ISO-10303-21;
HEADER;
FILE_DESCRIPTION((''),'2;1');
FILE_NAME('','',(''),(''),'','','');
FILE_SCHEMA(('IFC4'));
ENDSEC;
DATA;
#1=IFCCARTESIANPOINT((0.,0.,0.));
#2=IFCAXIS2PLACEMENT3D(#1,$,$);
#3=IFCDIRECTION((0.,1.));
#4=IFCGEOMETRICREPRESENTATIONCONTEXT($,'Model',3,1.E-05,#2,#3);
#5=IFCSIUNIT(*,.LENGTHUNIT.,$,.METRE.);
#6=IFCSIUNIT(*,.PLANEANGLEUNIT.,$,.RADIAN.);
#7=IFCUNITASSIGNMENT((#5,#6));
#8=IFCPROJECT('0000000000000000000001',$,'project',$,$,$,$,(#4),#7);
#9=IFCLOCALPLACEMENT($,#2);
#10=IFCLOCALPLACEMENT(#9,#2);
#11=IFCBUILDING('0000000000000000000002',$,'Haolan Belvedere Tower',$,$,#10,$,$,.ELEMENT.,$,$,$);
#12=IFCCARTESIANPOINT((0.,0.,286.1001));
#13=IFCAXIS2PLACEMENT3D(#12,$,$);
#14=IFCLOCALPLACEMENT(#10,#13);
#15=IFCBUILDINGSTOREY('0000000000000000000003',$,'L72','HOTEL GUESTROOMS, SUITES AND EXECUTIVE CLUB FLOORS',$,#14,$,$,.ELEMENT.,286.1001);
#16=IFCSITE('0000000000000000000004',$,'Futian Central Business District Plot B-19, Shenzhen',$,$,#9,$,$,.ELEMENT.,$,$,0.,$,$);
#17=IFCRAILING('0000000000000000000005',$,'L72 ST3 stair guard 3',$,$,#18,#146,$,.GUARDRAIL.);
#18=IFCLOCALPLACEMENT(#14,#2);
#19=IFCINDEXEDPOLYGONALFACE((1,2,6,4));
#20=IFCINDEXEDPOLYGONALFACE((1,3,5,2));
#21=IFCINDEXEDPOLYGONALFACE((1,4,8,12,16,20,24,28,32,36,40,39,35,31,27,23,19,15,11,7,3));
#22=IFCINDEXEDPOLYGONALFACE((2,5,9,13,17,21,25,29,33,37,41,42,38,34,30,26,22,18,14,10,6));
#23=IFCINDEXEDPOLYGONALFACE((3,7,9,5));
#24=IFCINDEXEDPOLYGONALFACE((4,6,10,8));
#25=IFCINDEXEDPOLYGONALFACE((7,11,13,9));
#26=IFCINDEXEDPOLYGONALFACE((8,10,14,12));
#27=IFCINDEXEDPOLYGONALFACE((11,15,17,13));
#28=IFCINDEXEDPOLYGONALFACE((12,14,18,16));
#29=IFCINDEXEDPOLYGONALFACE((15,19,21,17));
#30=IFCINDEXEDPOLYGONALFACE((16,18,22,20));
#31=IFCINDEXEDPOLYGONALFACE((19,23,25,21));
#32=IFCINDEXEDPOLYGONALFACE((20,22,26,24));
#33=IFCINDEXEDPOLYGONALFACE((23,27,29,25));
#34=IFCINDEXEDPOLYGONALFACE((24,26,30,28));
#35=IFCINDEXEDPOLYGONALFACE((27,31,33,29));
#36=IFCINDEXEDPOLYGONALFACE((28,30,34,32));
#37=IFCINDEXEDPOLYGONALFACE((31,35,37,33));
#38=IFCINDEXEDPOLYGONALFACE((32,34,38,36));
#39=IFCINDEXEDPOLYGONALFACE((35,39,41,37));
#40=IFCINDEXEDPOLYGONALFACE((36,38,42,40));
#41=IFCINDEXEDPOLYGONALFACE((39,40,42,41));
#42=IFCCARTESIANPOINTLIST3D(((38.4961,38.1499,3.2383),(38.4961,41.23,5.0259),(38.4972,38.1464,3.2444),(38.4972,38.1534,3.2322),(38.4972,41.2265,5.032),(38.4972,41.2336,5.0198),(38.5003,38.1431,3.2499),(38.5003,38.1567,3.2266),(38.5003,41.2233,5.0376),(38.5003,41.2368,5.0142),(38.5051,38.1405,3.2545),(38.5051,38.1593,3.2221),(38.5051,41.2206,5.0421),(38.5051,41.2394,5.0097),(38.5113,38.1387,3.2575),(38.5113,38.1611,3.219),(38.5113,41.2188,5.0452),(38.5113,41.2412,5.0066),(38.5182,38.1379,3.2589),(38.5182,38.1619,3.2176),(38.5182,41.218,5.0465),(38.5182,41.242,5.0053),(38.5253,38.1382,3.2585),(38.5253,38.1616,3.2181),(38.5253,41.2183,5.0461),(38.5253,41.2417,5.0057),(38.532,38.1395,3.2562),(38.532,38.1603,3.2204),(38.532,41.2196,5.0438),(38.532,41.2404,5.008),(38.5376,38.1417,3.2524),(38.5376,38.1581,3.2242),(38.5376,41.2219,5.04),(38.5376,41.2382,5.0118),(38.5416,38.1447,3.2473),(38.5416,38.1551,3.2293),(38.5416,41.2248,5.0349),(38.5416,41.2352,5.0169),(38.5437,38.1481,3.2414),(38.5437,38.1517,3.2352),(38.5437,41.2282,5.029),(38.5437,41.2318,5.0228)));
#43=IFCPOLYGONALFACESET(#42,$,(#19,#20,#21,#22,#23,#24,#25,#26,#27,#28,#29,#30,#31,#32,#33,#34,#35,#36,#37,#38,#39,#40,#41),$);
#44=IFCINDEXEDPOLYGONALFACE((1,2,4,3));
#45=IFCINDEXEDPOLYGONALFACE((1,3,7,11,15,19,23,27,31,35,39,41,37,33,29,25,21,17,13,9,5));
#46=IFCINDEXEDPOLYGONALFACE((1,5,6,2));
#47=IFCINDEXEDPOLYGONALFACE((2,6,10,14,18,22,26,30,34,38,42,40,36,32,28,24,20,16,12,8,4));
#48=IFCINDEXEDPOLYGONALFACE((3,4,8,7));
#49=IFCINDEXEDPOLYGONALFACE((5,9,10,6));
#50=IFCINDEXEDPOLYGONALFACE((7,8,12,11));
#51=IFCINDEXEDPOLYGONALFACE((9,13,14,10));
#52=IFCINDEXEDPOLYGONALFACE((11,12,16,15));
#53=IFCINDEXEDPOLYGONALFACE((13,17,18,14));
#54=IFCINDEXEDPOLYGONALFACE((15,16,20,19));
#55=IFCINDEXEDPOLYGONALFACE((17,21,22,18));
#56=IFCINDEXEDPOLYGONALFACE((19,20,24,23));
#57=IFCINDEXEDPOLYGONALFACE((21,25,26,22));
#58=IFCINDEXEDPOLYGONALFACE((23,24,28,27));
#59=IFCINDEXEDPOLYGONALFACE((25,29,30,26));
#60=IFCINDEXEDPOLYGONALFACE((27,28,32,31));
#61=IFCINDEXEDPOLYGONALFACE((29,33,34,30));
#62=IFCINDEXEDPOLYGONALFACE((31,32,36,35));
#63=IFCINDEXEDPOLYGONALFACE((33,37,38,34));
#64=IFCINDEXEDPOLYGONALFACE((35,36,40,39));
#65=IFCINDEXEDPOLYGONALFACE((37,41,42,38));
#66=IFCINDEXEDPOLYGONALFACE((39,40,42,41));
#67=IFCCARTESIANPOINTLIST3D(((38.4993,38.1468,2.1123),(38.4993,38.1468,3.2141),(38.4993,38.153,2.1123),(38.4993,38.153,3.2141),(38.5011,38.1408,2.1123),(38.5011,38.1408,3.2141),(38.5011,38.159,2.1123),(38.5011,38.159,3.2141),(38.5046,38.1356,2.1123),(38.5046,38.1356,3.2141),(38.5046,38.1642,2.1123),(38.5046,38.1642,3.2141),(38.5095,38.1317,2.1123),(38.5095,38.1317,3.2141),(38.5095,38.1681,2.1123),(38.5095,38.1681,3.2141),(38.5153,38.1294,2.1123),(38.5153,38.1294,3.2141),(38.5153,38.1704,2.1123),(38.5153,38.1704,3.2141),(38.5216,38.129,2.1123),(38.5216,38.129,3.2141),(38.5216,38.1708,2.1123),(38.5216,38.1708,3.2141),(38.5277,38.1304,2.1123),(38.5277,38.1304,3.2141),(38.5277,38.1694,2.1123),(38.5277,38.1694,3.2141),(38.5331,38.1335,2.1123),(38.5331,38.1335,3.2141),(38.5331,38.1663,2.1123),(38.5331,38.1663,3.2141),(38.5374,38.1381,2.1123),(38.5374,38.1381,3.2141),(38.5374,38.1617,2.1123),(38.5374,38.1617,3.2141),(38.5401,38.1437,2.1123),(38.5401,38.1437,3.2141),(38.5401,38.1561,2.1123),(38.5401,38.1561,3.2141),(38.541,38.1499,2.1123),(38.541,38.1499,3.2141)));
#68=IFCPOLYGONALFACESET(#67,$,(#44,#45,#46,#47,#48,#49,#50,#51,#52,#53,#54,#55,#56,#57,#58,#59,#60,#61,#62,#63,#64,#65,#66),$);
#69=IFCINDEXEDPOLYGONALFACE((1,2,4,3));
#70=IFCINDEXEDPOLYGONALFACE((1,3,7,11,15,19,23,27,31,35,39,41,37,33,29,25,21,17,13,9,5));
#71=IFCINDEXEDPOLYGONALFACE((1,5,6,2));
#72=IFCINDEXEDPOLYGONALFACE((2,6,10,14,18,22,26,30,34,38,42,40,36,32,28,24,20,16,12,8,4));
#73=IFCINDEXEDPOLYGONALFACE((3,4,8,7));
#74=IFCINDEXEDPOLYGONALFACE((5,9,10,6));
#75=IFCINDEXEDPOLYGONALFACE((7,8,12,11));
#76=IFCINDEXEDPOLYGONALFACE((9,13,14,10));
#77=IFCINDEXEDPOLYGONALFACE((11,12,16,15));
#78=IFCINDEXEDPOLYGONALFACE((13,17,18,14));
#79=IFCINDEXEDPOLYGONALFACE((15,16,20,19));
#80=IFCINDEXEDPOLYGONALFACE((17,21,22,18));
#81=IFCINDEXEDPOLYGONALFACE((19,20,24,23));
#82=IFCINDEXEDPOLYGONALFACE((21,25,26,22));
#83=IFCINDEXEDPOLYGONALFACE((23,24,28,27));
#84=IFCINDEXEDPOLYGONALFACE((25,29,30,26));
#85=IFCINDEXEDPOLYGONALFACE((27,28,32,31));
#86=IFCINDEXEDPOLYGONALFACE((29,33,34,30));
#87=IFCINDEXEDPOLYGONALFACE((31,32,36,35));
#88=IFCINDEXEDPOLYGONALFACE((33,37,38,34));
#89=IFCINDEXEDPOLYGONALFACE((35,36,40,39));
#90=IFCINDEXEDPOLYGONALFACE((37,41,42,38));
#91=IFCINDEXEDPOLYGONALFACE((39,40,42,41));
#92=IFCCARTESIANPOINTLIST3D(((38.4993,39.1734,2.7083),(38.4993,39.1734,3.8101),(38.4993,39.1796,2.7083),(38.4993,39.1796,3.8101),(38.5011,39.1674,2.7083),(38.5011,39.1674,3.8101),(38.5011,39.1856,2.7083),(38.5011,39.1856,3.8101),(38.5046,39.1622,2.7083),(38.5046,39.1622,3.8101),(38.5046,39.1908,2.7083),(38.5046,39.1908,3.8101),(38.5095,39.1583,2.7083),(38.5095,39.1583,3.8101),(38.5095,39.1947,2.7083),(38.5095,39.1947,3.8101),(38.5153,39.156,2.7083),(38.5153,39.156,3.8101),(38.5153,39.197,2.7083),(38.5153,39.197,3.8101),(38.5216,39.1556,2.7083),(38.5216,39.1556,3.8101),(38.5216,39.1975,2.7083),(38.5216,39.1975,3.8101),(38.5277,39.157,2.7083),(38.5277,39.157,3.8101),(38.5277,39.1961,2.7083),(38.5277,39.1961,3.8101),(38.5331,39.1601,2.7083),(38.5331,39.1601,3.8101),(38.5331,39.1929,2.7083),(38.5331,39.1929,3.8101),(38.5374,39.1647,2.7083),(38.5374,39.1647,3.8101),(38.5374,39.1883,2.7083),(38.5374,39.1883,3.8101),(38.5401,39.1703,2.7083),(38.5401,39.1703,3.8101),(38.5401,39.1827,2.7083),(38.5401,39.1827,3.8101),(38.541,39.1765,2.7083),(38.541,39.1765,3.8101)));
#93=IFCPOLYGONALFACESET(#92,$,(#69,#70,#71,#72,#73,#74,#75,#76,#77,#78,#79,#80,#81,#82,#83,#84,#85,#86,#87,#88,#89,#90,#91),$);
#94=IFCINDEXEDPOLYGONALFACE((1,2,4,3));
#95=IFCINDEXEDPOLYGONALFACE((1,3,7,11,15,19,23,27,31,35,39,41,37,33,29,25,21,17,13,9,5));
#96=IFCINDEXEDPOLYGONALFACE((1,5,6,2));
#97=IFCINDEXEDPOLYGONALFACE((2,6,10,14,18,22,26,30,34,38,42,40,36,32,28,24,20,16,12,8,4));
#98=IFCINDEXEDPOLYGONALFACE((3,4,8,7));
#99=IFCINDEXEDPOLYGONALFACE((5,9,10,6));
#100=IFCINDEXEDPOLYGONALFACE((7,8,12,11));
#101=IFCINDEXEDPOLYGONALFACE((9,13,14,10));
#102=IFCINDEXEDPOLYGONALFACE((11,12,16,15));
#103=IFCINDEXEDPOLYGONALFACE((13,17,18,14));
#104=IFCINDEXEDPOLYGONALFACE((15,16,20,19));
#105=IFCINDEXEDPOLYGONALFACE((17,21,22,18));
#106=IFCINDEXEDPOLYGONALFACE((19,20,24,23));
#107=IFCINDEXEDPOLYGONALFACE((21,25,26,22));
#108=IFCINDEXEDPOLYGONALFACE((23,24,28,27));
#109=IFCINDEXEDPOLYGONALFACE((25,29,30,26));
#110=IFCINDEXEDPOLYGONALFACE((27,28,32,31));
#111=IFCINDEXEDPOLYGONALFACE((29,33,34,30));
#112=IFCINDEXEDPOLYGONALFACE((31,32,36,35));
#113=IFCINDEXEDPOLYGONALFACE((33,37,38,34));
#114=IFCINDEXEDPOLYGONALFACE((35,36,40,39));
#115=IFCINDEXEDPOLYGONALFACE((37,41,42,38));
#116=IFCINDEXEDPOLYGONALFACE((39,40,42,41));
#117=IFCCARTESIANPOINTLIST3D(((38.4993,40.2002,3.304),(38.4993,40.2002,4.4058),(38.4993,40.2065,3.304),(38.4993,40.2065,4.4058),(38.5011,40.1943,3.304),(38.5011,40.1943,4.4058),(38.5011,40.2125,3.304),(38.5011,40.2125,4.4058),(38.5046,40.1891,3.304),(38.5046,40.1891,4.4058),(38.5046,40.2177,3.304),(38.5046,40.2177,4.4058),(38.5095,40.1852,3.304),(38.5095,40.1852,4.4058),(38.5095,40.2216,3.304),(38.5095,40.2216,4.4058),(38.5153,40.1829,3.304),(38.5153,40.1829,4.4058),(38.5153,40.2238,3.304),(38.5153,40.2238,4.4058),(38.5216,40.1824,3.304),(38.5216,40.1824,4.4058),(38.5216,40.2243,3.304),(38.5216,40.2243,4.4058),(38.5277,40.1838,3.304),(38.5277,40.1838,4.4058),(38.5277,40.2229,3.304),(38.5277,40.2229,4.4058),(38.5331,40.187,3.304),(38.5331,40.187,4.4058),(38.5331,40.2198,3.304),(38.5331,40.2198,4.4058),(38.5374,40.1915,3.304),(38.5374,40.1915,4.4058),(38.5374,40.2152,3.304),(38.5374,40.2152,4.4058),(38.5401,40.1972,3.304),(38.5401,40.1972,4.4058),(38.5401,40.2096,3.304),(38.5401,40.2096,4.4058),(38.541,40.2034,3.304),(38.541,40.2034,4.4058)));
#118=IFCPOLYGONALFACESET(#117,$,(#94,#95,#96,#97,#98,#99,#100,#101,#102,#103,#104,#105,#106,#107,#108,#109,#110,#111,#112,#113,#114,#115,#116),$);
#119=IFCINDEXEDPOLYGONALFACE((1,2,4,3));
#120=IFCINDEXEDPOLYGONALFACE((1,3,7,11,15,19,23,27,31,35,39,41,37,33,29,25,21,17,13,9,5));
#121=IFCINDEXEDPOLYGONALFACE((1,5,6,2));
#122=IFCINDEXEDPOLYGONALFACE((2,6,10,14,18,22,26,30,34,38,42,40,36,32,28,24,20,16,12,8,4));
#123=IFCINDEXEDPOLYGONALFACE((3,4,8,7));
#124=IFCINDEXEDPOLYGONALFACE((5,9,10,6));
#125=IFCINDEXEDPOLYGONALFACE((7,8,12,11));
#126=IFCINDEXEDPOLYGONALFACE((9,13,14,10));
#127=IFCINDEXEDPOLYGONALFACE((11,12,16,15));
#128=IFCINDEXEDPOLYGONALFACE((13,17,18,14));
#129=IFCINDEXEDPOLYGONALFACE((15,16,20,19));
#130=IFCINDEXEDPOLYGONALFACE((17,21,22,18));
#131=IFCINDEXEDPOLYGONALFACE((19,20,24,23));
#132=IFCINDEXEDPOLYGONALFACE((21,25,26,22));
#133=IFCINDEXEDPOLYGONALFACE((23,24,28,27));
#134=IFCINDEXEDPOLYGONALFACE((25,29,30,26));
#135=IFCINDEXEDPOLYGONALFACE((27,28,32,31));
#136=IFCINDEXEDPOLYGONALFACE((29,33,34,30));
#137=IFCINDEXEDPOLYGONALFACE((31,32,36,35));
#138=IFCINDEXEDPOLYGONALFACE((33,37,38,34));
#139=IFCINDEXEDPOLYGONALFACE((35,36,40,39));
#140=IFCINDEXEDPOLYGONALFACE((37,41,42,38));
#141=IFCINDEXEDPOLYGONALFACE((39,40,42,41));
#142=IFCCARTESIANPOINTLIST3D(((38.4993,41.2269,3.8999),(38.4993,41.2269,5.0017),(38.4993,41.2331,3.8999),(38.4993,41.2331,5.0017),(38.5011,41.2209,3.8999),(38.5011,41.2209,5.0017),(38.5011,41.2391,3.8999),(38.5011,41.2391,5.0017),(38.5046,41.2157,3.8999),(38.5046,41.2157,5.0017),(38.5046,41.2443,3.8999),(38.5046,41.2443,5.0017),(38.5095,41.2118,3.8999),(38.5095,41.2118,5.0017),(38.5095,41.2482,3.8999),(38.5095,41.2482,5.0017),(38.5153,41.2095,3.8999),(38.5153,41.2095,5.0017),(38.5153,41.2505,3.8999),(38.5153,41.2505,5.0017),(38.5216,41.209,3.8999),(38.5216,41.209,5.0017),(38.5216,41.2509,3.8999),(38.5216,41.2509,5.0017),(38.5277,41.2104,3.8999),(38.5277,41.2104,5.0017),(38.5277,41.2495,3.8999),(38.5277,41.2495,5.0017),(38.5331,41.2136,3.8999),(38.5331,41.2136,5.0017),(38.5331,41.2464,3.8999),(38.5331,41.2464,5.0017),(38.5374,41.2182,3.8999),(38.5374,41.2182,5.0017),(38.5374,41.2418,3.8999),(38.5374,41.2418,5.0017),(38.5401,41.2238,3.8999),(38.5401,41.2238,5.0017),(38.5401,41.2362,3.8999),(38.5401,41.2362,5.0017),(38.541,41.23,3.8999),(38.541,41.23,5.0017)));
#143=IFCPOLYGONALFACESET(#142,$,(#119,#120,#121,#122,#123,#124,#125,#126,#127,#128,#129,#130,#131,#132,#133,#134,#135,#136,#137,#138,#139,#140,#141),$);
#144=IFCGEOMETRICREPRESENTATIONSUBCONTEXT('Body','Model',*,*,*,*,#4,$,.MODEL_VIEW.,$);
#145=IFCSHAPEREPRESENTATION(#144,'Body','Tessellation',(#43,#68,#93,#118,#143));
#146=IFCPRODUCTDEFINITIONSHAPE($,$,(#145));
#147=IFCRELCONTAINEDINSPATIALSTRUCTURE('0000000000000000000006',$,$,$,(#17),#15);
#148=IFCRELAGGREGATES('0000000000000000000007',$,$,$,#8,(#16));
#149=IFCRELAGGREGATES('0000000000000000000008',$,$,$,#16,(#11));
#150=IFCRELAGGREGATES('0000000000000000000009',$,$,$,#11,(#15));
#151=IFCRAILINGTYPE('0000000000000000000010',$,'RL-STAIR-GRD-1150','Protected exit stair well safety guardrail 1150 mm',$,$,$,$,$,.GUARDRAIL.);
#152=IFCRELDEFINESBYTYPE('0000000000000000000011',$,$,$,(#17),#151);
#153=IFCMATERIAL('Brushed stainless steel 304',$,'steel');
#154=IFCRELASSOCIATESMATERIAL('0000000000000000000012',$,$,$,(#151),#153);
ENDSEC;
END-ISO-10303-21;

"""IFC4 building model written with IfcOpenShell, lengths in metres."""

from ifc_helpers import new_model, si_unit, direction, frame, origin, origin_2d, place, context, subcontext, project, spatial, circle, extrude, material, type_object, element, save


model = new_model("IFC4")

# Units and contexts
model_context = context("Model", 3, precision=1e-05, world=origin(), true_north=direction((0.0, 1.0)))
body_context = subcontext(model_context, "Body", "Model", "MODEL_VIEW")
ifc_project = project(units=[si_unit("LENGTHUNIT", "METRE"), si_unit("PLANEANGLEUNIT", "RADIAN")], contexts=[model_context])

# Site, building, storey
site_placement = place(None, origin())
site = spatial("IfcSite", under=ifc_project, at=site_placement, Name="Futian Central Business District Plot B-19, Shenzhen", CompositionType="ELEMENT", RefElevation=0.0)
building_placement = place(site_placement, origin())
building = spatial("IfcBuilding", under=site, at=building_placement, Name="Haolan Belvedere Tower", CompositionType="ELEMENT")
storey_placement = place(building_placement, frame((0.0, 0.0, 286.1001)))
storey = spatial("IfcBuildingStorey", under=building, at=storey_placement, Name="L72", Description="HOTEL GUESTROOMS, SUITES AND EXECUTIVE CLUB FLOORS", CompositionType="ELEMENT", Elevation=286.1001)

# Railing
ifc_material_1 = material(Name="Brushed stainless steel 304", Category="steel")
railing_type_1 = type_object("IfcRailingType", Name="RL-STAIR-GRD-1150", Description="Protected exit stair well safety guardrail 1150 mm", PredefinedType="GUARDRAIL", material=ifc_material_1)
railing_1_placement = place(storey_placement, frame((38.52, 38.1499, 2.1123)))
element("IfcRailing", 1, at=railing_1_placement, inside=storey, type_object=railing_type_1, Name="L72 ST3 stair guard 3", PredefinedType="GUARDRAIL", context=body_context, shape_type="SweptSolid", body=[
    extrude(circle(Radius=0.0239, at=origin_2d()), frame((0.0, 0.0, 1.126), z_axis=(0.0, 0.864891, 0.50196), x_axis=(-1.0, 0.0, 0.0)), (0.0, 0.0, 1.0), 3.5613),
    extrude(circle(Radius=0.021, at=origin_2d()), origin(), (0.0, 0.0, 1.0), 1.1018),
    extrude(circle(Radius=0.021, at=origin_2d()), frame((0.0, 1.0266, 0.5959)), (0.0, 0.0, 1.0), 1.1018),
    extrude(circle(Radius=0.021, at=origin_2d()), frame((0.0, 2.0535, 1.1917)), (0.0, 0.0, 1.0), 1.1018),
    extrude(circle(Radius=0.021, at=origin_2d()), frame((0.0, 3.0801, 1.7876)), (0.0, 0.0, 1.0), 1.1018),
])

save(model, "model.ifc")
